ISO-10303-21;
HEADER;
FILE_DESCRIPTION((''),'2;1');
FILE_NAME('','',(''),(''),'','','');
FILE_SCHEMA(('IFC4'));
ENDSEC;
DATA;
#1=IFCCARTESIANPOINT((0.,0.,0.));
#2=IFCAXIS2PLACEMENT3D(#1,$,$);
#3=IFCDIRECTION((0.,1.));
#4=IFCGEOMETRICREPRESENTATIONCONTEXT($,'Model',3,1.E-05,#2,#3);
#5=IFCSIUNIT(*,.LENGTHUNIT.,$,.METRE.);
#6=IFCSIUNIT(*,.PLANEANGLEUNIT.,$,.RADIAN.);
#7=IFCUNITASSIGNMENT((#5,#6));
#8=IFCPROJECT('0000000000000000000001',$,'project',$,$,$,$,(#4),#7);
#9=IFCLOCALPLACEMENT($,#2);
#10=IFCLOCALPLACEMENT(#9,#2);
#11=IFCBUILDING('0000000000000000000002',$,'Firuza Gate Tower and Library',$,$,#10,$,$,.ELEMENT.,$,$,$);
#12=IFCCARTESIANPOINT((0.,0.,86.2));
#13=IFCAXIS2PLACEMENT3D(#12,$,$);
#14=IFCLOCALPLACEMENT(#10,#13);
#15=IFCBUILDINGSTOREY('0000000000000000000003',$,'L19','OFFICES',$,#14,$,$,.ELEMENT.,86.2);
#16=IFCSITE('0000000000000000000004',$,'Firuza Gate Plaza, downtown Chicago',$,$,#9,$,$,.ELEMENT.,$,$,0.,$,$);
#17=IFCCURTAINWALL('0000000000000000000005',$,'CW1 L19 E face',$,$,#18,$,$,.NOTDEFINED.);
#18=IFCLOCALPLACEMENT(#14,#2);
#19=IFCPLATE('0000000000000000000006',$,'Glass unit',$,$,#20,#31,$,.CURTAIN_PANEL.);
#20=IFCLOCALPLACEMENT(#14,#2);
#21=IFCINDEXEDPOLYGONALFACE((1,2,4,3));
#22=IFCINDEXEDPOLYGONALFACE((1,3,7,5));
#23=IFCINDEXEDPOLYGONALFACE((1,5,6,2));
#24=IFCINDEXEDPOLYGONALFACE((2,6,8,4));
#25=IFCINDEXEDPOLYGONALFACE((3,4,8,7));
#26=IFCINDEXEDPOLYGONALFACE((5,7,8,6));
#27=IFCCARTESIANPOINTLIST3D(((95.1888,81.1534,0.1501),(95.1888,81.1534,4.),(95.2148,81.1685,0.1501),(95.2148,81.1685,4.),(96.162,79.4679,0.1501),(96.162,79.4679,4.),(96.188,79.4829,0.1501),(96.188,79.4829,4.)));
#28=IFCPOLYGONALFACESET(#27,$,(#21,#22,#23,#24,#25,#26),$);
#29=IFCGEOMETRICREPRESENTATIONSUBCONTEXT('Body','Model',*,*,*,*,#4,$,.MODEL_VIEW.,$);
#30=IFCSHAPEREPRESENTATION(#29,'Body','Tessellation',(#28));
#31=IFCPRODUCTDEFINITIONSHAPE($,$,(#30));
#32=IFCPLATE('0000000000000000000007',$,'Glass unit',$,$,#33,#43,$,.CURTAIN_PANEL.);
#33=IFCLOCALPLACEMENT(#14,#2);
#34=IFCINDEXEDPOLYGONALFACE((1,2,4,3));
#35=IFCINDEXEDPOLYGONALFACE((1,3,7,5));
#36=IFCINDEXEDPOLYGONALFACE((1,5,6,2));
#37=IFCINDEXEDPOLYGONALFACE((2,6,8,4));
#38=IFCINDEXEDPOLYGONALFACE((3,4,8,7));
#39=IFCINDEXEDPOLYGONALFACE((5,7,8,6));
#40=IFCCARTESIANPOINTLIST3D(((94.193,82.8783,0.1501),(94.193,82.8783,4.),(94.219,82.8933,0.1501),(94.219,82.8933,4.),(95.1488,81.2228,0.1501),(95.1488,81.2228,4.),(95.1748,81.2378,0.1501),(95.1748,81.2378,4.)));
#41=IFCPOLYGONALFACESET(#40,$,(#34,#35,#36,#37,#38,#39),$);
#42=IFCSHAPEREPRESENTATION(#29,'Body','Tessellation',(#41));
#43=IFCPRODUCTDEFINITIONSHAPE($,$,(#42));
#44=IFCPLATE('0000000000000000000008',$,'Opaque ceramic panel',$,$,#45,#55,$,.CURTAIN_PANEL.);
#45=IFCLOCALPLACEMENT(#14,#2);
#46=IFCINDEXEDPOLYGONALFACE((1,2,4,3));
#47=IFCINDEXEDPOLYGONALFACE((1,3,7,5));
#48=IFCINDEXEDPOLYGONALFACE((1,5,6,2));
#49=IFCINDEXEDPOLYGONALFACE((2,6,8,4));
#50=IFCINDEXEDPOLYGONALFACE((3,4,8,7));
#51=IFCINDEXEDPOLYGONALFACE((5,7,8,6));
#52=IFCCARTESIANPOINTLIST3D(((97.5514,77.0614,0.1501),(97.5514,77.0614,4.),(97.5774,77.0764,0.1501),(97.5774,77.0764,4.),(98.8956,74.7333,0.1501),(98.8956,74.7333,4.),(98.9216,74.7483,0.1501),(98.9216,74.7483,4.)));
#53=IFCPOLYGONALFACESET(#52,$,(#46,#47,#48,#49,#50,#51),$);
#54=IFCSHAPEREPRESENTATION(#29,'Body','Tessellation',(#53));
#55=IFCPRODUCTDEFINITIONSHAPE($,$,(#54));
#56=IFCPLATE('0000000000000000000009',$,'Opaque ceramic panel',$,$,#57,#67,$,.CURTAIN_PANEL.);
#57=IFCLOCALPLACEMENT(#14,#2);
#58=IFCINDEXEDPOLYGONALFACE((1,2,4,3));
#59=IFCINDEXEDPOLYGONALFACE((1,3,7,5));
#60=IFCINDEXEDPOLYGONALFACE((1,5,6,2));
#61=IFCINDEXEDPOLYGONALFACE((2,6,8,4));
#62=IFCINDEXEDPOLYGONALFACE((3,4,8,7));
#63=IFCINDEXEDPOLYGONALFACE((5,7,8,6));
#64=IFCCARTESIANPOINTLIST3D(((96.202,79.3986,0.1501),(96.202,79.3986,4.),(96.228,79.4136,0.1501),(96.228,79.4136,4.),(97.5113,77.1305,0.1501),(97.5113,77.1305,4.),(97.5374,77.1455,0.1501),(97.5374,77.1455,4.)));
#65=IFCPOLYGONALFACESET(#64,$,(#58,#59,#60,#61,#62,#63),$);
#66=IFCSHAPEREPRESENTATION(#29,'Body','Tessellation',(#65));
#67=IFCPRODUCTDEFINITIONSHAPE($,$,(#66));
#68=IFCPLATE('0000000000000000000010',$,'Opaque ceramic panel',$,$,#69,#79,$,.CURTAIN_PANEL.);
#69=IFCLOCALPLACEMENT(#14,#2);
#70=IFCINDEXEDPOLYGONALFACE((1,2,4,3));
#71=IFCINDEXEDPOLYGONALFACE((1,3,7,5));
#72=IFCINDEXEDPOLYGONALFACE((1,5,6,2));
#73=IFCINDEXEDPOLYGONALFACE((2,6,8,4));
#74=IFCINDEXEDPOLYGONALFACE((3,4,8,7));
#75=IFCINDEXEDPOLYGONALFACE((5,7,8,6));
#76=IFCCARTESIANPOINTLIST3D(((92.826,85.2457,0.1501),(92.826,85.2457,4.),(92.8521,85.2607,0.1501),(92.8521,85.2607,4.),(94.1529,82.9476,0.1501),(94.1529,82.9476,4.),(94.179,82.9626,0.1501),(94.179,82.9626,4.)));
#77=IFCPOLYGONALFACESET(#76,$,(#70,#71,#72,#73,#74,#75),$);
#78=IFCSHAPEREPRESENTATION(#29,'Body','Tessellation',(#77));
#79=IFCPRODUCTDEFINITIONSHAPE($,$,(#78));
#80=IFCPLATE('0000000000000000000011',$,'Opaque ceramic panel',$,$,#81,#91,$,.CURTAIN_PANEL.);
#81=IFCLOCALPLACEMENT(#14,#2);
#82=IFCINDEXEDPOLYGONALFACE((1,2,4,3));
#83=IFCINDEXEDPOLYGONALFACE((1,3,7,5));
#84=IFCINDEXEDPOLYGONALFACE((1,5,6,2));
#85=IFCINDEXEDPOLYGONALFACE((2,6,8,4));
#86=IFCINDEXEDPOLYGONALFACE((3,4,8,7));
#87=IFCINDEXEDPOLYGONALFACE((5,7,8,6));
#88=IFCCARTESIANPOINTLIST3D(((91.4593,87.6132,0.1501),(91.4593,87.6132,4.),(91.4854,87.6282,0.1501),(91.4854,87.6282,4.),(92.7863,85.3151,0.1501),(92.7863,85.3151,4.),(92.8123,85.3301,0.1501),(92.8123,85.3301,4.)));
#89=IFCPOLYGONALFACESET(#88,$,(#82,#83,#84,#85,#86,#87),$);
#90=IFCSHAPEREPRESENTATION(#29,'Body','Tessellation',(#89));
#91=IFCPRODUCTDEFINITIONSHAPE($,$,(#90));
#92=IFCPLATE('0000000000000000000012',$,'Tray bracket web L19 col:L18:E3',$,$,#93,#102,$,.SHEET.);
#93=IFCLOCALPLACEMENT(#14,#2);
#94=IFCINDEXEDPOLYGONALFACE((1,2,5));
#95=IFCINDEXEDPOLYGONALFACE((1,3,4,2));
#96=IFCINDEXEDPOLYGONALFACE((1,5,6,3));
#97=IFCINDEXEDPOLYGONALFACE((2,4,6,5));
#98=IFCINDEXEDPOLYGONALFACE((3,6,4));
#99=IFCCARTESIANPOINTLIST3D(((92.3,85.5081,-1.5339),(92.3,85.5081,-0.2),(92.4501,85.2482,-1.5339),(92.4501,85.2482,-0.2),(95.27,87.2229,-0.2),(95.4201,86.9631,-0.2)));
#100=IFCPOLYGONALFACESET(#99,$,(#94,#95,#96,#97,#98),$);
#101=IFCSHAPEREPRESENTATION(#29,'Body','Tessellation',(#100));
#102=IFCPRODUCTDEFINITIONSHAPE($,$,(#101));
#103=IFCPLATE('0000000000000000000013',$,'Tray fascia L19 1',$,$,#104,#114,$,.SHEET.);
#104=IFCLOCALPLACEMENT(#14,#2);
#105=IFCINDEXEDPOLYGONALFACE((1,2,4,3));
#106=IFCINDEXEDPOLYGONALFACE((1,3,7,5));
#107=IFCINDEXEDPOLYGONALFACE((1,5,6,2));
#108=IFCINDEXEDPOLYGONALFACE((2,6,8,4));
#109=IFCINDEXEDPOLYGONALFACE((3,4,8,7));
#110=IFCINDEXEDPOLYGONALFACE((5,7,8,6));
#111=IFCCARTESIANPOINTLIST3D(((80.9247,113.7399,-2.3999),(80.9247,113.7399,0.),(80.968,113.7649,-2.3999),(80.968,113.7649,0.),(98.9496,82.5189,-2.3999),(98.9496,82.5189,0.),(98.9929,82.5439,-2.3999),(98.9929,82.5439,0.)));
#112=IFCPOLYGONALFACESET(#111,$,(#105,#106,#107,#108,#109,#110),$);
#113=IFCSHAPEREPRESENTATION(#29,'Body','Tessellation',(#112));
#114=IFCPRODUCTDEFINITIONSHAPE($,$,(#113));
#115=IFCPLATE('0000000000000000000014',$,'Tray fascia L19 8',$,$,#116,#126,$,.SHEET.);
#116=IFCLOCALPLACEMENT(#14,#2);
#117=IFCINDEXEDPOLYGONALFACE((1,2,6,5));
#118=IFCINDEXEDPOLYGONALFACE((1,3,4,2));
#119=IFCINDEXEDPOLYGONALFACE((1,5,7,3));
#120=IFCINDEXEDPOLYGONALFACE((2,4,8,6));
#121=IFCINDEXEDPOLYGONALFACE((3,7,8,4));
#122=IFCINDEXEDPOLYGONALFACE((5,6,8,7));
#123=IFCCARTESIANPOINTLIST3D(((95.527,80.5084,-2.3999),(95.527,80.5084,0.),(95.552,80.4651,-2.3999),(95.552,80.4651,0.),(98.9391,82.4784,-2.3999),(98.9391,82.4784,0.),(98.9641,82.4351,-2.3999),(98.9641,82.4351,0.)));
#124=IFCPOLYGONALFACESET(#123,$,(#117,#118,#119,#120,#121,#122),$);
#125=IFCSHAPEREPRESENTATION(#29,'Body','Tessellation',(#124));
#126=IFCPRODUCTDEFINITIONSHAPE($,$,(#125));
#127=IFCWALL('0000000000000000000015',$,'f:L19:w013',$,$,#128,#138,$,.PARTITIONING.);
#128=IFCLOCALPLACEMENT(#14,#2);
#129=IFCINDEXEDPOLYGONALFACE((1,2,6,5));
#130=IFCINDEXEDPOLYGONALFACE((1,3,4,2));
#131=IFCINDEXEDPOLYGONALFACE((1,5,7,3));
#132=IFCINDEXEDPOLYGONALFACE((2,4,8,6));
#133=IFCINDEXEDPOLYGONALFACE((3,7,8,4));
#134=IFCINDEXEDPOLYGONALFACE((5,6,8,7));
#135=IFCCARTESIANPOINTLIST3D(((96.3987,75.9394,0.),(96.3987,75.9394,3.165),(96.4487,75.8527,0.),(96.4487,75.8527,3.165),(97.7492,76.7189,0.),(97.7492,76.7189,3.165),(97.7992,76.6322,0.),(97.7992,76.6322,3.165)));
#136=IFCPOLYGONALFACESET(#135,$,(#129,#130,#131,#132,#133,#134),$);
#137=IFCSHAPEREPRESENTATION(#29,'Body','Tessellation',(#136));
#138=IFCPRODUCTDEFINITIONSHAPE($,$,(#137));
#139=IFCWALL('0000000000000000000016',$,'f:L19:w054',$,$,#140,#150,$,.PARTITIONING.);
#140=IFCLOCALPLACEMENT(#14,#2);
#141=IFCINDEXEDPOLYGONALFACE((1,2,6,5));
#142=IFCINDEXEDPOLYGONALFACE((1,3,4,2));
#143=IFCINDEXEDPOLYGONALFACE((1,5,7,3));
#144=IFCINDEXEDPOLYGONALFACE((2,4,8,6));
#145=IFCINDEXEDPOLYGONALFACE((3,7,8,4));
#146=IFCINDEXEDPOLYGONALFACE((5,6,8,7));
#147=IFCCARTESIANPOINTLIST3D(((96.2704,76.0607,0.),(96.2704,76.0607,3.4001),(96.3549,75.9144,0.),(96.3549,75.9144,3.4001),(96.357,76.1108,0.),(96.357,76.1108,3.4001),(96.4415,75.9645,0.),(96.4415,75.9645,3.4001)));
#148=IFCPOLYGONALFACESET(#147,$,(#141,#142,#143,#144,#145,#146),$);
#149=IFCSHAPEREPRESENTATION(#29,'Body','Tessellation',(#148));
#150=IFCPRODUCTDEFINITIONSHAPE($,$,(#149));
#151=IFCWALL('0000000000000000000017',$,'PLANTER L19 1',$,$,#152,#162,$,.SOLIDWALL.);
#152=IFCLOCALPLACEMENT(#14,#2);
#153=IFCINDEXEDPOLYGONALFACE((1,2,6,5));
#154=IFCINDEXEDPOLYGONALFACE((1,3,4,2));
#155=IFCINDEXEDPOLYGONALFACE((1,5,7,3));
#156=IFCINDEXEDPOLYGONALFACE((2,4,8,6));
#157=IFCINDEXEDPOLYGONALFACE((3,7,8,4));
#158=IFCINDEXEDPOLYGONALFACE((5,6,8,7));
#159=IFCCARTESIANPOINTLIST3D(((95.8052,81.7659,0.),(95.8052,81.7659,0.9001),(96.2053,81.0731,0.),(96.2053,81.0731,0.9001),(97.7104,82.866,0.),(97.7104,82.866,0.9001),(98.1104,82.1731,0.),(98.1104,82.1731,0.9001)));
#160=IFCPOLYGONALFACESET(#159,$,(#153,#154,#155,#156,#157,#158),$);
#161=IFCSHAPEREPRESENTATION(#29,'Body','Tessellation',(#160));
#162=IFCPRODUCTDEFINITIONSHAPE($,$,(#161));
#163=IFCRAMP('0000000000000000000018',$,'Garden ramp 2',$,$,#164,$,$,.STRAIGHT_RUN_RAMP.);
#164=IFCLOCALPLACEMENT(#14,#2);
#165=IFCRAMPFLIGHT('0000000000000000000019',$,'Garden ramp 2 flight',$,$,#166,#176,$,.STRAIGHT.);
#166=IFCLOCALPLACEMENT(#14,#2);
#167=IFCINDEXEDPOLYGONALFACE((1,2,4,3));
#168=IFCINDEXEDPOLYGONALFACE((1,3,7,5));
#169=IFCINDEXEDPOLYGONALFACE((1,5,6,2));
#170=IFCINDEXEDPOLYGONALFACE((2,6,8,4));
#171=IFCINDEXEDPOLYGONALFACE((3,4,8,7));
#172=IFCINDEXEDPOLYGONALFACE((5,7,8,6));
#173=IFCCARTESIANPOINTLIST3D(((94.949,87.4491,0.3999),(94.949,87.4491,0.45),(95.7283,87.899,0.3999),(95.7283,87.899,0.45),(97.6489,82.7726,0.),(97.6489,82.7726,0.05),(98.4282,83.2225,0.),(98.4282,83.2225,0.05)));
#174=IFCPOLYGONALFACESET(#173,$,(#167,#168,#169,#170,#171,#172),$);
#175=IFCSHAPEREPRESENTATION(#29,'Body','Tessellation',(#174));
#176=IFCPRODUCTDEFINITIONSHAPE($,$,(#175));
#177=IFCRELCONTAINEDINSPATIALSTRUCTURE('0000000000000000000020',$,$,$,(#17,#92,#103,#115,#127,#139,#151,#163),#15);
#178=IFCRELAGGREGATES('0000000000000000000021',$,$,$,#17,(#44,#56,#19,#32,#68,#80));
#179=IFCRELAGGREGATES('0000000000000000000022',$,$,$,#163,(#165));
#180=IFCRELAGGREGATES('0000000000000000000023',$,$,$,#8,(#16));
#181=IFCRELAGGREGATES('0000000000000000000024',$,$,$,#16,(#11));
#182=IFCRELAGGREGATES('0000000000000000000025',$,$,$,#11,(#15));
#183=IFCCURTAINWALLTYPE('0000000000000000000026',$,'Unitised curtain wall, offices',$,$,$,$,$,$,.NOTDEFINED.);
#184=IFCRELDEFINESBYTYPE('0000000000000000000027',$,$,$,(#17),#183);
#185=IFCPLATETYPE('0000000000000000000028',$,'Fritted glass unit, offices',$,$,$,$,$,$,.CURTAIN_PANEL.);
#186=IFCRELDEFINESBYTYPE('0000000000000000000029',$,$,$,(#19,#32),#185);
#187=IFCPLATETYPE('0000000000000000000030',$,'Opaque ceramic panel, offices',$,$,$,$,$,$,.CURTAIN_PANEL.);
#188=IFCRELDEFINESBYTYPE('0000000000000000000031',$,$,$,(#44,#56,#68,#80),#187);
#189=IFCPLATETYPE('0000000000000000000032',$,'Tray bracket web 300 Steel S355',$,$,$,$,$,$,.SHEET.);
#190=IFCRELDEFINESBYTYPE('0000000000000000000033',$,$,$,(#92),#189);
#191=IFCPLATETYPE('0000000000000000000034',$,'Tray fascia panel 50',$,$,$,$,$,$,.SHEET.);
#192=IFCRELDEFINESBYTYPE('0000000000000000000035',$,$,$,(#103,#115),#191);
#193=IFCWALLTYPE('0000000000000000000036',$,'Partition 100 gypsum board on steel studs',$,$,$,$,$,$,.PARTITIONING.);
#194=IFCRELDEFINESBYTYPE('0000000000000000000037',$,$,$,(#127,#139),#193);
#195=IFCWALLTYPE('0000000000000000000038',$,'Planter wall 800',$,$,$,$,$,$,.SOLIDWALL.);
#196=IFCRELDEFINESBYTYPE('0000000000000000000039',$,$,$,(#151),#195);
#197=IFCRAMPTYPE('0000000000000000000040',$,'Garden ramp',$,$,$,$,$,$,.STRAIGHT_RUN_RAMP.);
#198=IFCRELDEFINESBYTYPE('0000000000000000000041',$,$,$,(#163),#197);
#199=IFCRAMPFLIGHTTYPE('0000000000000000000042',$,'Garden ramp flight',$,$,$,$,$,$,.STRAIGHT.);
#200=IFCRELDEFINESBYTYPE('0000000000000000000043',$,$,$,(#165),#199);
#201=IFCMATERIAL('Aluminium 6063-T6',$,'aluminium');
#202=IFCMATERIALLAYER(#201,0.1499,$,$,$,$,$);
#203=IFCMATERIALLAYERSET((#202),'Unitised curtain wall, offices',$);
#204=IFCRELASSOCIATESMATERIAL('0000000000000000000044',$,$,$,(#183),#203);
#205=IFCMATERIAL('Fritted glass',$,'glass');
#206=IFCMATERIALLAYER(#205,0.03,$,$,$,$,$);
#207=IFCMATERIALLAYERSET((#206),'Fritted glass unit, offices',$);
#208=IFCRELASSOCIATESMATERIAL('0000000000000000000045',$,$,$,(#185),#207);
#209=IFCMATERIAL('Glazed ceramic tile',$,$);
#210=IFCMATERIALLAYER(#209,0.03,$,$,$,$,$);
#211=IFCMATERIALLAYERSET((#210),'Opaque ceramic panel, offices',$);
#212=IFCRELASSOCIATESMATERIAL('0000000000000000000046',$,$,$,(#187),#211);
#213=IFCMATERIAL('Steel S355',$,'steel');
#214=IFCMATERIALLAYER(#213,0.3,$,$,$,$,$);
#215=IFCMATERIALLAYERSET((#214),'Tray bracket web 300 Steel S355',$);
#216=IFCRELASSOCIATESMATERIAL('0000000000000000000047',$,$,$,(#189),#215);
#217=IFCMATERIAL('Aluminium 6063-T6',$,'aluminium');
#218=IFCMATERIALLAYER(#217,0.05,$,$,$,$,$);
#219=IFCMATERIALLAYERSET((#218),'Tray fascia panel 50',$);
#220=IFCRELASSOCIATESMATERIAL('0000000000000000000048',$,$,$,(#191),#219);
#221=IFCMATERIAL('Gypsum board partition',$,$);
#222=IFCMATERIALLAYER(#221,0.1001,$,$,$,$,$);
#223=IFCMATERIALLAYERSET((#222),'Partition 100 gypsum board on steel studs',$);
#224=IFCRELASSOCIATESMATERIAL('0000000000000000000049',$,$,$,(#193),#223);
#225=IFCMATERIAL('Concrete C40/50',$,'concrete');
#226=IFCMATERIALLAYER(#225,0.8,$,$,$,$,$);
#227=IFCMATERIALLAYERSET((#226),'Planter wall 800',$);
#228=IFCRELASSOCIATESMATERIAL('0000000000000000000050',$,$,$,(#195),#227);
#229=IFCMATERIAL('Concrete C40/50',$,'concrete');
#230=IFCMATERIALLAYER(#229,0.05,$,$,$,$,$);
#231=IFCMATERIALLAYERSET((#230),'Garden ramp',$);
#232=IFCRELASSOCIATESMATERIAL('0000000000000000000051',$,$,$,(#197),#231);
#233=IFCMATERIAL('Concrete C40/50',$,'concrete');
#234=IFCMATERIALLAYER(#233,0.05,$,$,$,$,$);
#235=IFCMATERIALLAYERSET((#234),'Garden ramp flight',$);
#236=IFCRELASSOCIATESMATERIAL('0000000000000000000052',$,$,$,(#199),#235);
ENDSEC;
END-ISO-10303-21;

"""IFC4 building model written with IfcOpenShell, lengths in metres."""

from ifc_helpers import new_model, si_unit, direction, frame, frame_2d, origin, place, context, subcontext, project, spatial, polyline, rectangle, outline, extrude, material, layer, layer_set, type_object, element, aggregate, save


model = new_model("IFC4")

# Units and contexts
model_context = context("Model", 3, precision=1e-05, world=origin(), true_north=direction((0.0, 1.0)))
body_context = subcontext(model_context, "Body", "Model", "MODEL_VIEW")
ifc_project = project(units=[si_unit("LENGTHUNIT", "METRE"), si_unit("PLANEANGLEUNIT", "RADIAN")], contexts=[model_context])

# Site, building, storey
site_placement = place(None, origin())
site = spatial("IfcSite", under=ifc_project, at=site_placement, Name="Firuza Gate Plaza, downtown Chicago", CompositionType="ELEMENT", RefElevation=0.0)
building_placement = place(site_placement, origin())
building = spatial("IfcBuilding", under=site, at=building_placement, Name="Firuza Gate Tower and Library", CompositionType="ELEMENT")
storey_placement = place(building_placement, frame((0.0, 0.0, 86.2)))
storey = spatial("IfcBuildingStorey", under=building, at=storey_placement, Name="L19", Description="OFFICES", CompositionType="ELEMENT", Elevation=86.2)

# Curtain wall
ifc_material_1 = material(Name="Aluminium 6063-T6", Category="aluminium")
ifc_layer_1 = layer(ifc_material_1, 0.1499)
ifc_layer_set_1 = layer_set([ifc_layer_1], Name="Unitised curtain wall, offices")
curtain_wall_type = type_object("IfcCurtainWallType", Name="Unitised curtain wall, offices", PredefinedType="NOTDEFINED", material=ifc_layer_set_1)
placement = place(storey_placement, origin())
curtain_wall = element("IfcCurtainWall", 1, at=placement, inside=storey, type_object=curtain_wall_type, Name="CW1 L19 E face", PredefinedType="NOTDEFINED")

# Plates
ifc_material_2 = material(Name="Fritted glass", Category="glass")
ifc_layer_2 = layer(ifc_material_2, 0.03)
ifc_layer_set_2 = layer_set([ifc_layer_2], Name="Fritted glass unit, offices")
plate_type_1 = type_object("IfcPlateType", Name="Fritted glass unit, offices", PredefinedType="CURTAIN_PANEL", material=ifc_layer_set_2)
plate_1_placement = place(storey_placement, frame((96.188, 79.4829, 0.1501), z_axis=(0.866027, 0.499998, 0.0), x_axis=(-0.499998, 0.866027, 0.0)))
plate_1 = element("IfcPlate", 2, at=plate_1_placement, type_object=plate_type_1, Name="Glass unit", PredefinedType="CURTAIN_PANEL", context=body_context, shape_type="SweptSolid", body=[
    extrude(outline(polyline([(0.0, 0.0), (1.9463, 0.0), (1.9463, 3.8499), (0.0, 3.8499), (0.0, 0.0)])), origin(), (0.0, 0.0, -1.0), 0.03),
])
plate_2_placement = place(storey_placement, frame((95.1748, 81.2378, 0.1501), z_axis=(0.866026, 0.499999, 0.0), x_axis=(-0.499999, 0.866026, 0.0)))
plate_2 = element("IfcPlate", 3, at=plate_2_placement, type_object=plate_type_1, Name="Glass unit", PredefinedType="CURTAIN_PANEL", context=body_context, shape_type="SweptSolid", body=[
    extrude(outline(polyline([(0.0, 0.0), (1.9116, 0.0), (1.9116, 3.8499), (0.0, 3.8499), (0.0, 0.0)])), origin(), (0.0, 0.0, -1.0), 0.03),
])
ifc_material_3 = material(Name="Glazed ceramic tile")
ifc_layer_3 = layer(ifc_material_3, 0.03)
ifc_layer_set_3 = layer_set([ifc_layer_3], Name="Opaque ceramic panel, offices")
plate_type_2 = type_object("IfcPlateType", Name="Opaque ceramic panel, offices", PredefinedType="CURTAIN_PANEL", material=ifc_layer_set_3)
plate_3_placement = place(storey_placement, frame((98.9216, 74.7483, 0.1501), z_axis=(0.86601, 0.500026, 0.0), x_axis=(-0.500026, 0.86601, 0.0)))
plate_3 = element("IfcPlate", 4, at=plate_3_placement, type_object=plate_type_2, Name="Opaque ceramic panel", PredefinedType="CURTAIN_PANEL", context=body_context, shape_type="SweptSolid", body=[
    extrude(outline(polyline([(0.0, 0.0), (2.6883, 0.0), (2.6883, 3.8499), (0.0, 3.8499), (0.0, 0.0)])), origin(), (0.0, 0.0, -1.0), 0.03),
])
plate_4_placement = place(storey_placement, frame((97.5374, 77.1455, 0.1501), z_axis=(0.866049, 0.499959, 0.0), x_axis=(-0.499959, 0.866049, 0.0)))
plate_4 = element("IfcPlate", 5, at=plate_4_placement, type_object=plate_type_2, Name="Opaque ceramic panel", PredefinedType="CURTAIN_PANEL", context=body_context, shape_type="SweptSolid", body=[
    extrude(outline(polyline([(0.0, 0.0), (2.6189, 0.0), (2.6189, 3.8499), (0.0, 3.8499), (0.0, 0.0)])), origin(), (0.0, 0.0, -1.0), 0.03),
])
plate_5_placement = place(storey_placement, frame((94.179, 82.9626, 0.1501), z_axis=(0.866009, 0.500028, 0.0), x_axis=(-0.500028, 0.866009, 0.0)))
plate_5 = element("IfcPlate", 6, at=plate_5_placement, type_object=plate_type_2, Name="Opaque ceramic panel", PredefinedType="CURTAIN_PANEL", context=body_context, shape_type="SweptSolid", body=[
    extrude(outline(polyline([(0.0, 0.0), (2.6537, 0.0), (2.6537, 3.8499), (0.0, 3.8499), (0.0, 0.0)])), origin(), (0.0, 0.0, -1.0), 0.03),
])
plate_6_placement = place(storey_placement, frame((92.8123, 85.3301, 0.1501), z_axis=(0.866009, 0.500028, 0.0), x_axis=(-0.500028, 0.866009, 0.0)))
plate_6 = element("IfcPlate", 7, at=plate_6_placement, type_object=plate_type_2, Name="Opaque ceramic panel", PredefinedType="CURTAIN_PANEL", context=body_context, shape_type="SweptSolid", body=[
    extrude(outline(polyline([(0.0, 0.0), (2.6537, 0.0), (2.6537, 3.8499), (0.0, 3.8499), (0.0, 0.0)])), origin(), (0.0, 0.0, -1.0), 0.03),
])
aggregate(curtain_wall, [plate_3, plate_4, plate_1, plate_2, plate_5, plate_6])

# Plates
ifc_material_4 = material(Name="Steel S355", Category="steel")
ifc_layer_4 = layer(ifc_material_4, 0.3)
ifc_layer_set_4 = layer_set([ifc_layer_4], Name="Tray bracket web 300 Steel S355")
plate_type_3 = type_object("IfcPlateType", Name="Tray bracket web 300 Steel S355", PredefinedType="SHEET", material=ifc_layer_set_4)
plate_7_placement = place(storey_placement, frame((92.3, 85.5081, -0.2), z_axis=(-0.500029, 0.866009, 0.0), x_axis=(0.866009, 0.500029, 0.0)))
element("IfcPlate", 8, at=plate_7_placement, inside=storey, type_object=plate_type_3, Name="Tray bracket web L19 col:L18:E3", PredefinedType="SHEET", context=body_context, shape_type="SweptSolid", body=[
    extrude(outline(polyline([(0.0, 0.0), (3.4295, 0.0), (0.0, 1.334), (0.0, 0.0)])), origin(), (0.0, 0.0, -1.0), 0.3),
])
ifc_material_5 = material(Name="Aluminium 6063-T6", Category="aluminium")
ifc_layer_5 = layer(ifc_material_5, 0.05)
ifc_layer_set_5 = layer_set([ifc_layer_5], Name="Tray fascia panel 50")
plate_type_4 = type_object("IfcPlateType", Name="Tray fascia panel 50", PredefinedType="SHEET", material=ifc_layer_set_5)
plate_8_placement = place(storey_placement, frame((98.9929, 82.5439, -2.3999), z_axis=(0.866032, 0.499989, 0.0), x_axis=(-0.499989, 0.866032, 0.0)))
element("IfcPlate", 9, at=plate_8_placement, inside=storey, type_object=plate_type_4, Name="Tray fascia L19 1", PredefinedType="SHEET", context=body_context, shape_type="SweptSolid", body=[
    extrude(outline(polyline([(0.0, 0.0), (36.0506, 0.0), (36.0506, 2.3999), (0.0, 2.3999), (0.0, 0.0)])), origin(), (0.0, 0.0, -1.0), 0.05),
])
plate_9_placement = place(storey_placement, frame((95.552, 80.4651, -2.3999), z_axis=(0.499998, -0.866027, 0.0), x_axis=(0.866027, 0.499998, 0.0)))
element("IfcPlate", 10, at=plate_9_placement, inside=storey, type_object=plate_type_4, Name="Tray fascia L19 8", PredefinedType="SHEET", context=body_context, shape_type="SweptSolid", body=[
    extrude(outline(polyline([(0.0, 0.0), (3.94, 0.0), (3.94, 2.3999), (0.0, 2.3999), (0.0, 0.0)])), origin(), (0.0, 0.0, -1.0), 0.05),
])

# Walls
ifc_material_6 = material(Name="Gypsum board partition")
ifc_layer_6 = layer(ifc_material_6, 0.1001)
ifc_layer_set_6 = layer_set([ifc_layer_6], Name="Partition 100 gypsum board on steel studs")
wall_type_1 = type_object("IfcWallType", Name="Partition 100 gypsum board on steel studs", PredefinedType="PARTITIONING", material=ifc_layer_set_6)
wall_1_placement = place(storey_placement, frame((96.4236, 75.896, 0.0), z_axis=(0.0, 0.0, 1.0), x_axis=(0.866087, 0.499894, 0.0)))
element("IfcWall", 11, at=wall_1_placement, inside=storey, type_object=wall_type_1, Name="f:L19:w013", PredefinedType="PARTITIONING", context=body_context, shape_type="SweptSolid", body=[
    extrude(rectangle(XDim=1.5593, YDim=0.1001, at=frame_2d((0.7798, 0.0))), origin(), (0.0, 0.0, 1.0), 3.165),
])
wall_2_placement = place(storey_placement, frame((96.3982, 75.9395, 0.0), z_axis=(0.0, 0.0, 1.0), x_axis=(-0.500181, 0.865921, 0.0)))
element("IfcWall", 12, at=wall_2_placement, inside=storey, type_object=wall_type_1, Name="f:L19:w054", PredefinedType="PARTITIONING", context=body_context, shape_type="SweptSolid", body=[
    extrude(rectangle(XDim=0.1689, YDim=0.1001, at=frame_2d((0.0845, 0.0))), origin(), (0.0, 0.0, 1.0), 3.4001),
])
ifc_material_7 = material(Name="Concrete C40/50", Category="concrete")
ifc_layer_7 = layer(ifc_material_7, 0.8)
ifc_layer_set_7 = layer_set([ifc_layer_7], Name="Planter wall 800")
wall_type_2 = type_object("IfcWallType", Name="Planter wall 800", PredefinedType="SOLIDWALL", material=ifc_layer_set_7)
wall_3_placement = place(storey_placement, frame((96.0051, 81.4194, 0.0), z_axis=(0.0, 0.0, 1.0), x_axis=(0.866008, 0.50003, 0.0)))
element("IfcWall", 13, at=wall_3_placement, inside=storey, type_object=wall_type_2, Name="PLANTER L19 1", PredefinedType="SOLIDWALL", context=body_context, shape_type="SweptSolid", body=[
    extrude(rectangle(XDim=2.2, YDim=0.8, at=frame_2d((1.1001, 0.0))), origin(), (0.0, 0.0, 1.0), 0.9001),
])

# Ramp, ramp flight
ifc_material_8 = material(Name="Concrete C40/50", Category="concrete")
ifc_layer_8 = layer(ifc_material_8, 0.05)
ifc_layer_set_8 = layer_set([ifc_layer_8], Name="Garden ramp")
ramp_type = type_object("IfcRampType", Name="Garden ramp", PredefinedType="STRAIGHT_RUN_RAMP", material=ifc_layer_set_8)
ramp = element("IfcRamp", 14, at=placement, inside=storey, type_object=ramp_type, Name="Garden ramp 2", PredefinedType="STRAIGHT_RUN_RAMP")
ifc_material_9 = material(Name="Concrete C40/50", Category="concrete")
ifc_layer_9 = layer(ifc_material_9, 0.05)
ifc_layer_set_9 = layer_set([ifc_layer_9], Name="Garden ramp flight")
ramp_flight_type = type_object("IfcRampFlightType", Name="Garden ramp flight", PredefinedType="STRAIGHT", material=ifc_layer_set_9)
ramp_flight_placement = place(storey_placement, frame((98.0386, 82.9976, 0.0), z_axis=(0.0, 0.0, 1.0), x_axis=(-0.499995, 0.866028, 0.0)))
ramp_flight = element("IfcRampFlight", 15, at=ramp_flight_placement, type_object=ramp_flight_type, Name="Garden ramp 2 flight", PredefinedType="STRAIGHT", context=body_context, shape_type="SweptSolid", body=[
    extrude(outline(polyline([(0.0, 0.05), (5.3999, 0.45), (5.3999, 0.3999), (0.0, 0.0), (0.0, 0.05)])), frame((0.0, 0.45, 0.0), z_axis=(0.0, -1.0, 0.0), x_axis=(1.0, 0.0, 0.0)), (0.0, 0.0, 1.0), 0.8999),
])
aggregate(ramp, [ramp_flight])

save(model, "model.ifc")
